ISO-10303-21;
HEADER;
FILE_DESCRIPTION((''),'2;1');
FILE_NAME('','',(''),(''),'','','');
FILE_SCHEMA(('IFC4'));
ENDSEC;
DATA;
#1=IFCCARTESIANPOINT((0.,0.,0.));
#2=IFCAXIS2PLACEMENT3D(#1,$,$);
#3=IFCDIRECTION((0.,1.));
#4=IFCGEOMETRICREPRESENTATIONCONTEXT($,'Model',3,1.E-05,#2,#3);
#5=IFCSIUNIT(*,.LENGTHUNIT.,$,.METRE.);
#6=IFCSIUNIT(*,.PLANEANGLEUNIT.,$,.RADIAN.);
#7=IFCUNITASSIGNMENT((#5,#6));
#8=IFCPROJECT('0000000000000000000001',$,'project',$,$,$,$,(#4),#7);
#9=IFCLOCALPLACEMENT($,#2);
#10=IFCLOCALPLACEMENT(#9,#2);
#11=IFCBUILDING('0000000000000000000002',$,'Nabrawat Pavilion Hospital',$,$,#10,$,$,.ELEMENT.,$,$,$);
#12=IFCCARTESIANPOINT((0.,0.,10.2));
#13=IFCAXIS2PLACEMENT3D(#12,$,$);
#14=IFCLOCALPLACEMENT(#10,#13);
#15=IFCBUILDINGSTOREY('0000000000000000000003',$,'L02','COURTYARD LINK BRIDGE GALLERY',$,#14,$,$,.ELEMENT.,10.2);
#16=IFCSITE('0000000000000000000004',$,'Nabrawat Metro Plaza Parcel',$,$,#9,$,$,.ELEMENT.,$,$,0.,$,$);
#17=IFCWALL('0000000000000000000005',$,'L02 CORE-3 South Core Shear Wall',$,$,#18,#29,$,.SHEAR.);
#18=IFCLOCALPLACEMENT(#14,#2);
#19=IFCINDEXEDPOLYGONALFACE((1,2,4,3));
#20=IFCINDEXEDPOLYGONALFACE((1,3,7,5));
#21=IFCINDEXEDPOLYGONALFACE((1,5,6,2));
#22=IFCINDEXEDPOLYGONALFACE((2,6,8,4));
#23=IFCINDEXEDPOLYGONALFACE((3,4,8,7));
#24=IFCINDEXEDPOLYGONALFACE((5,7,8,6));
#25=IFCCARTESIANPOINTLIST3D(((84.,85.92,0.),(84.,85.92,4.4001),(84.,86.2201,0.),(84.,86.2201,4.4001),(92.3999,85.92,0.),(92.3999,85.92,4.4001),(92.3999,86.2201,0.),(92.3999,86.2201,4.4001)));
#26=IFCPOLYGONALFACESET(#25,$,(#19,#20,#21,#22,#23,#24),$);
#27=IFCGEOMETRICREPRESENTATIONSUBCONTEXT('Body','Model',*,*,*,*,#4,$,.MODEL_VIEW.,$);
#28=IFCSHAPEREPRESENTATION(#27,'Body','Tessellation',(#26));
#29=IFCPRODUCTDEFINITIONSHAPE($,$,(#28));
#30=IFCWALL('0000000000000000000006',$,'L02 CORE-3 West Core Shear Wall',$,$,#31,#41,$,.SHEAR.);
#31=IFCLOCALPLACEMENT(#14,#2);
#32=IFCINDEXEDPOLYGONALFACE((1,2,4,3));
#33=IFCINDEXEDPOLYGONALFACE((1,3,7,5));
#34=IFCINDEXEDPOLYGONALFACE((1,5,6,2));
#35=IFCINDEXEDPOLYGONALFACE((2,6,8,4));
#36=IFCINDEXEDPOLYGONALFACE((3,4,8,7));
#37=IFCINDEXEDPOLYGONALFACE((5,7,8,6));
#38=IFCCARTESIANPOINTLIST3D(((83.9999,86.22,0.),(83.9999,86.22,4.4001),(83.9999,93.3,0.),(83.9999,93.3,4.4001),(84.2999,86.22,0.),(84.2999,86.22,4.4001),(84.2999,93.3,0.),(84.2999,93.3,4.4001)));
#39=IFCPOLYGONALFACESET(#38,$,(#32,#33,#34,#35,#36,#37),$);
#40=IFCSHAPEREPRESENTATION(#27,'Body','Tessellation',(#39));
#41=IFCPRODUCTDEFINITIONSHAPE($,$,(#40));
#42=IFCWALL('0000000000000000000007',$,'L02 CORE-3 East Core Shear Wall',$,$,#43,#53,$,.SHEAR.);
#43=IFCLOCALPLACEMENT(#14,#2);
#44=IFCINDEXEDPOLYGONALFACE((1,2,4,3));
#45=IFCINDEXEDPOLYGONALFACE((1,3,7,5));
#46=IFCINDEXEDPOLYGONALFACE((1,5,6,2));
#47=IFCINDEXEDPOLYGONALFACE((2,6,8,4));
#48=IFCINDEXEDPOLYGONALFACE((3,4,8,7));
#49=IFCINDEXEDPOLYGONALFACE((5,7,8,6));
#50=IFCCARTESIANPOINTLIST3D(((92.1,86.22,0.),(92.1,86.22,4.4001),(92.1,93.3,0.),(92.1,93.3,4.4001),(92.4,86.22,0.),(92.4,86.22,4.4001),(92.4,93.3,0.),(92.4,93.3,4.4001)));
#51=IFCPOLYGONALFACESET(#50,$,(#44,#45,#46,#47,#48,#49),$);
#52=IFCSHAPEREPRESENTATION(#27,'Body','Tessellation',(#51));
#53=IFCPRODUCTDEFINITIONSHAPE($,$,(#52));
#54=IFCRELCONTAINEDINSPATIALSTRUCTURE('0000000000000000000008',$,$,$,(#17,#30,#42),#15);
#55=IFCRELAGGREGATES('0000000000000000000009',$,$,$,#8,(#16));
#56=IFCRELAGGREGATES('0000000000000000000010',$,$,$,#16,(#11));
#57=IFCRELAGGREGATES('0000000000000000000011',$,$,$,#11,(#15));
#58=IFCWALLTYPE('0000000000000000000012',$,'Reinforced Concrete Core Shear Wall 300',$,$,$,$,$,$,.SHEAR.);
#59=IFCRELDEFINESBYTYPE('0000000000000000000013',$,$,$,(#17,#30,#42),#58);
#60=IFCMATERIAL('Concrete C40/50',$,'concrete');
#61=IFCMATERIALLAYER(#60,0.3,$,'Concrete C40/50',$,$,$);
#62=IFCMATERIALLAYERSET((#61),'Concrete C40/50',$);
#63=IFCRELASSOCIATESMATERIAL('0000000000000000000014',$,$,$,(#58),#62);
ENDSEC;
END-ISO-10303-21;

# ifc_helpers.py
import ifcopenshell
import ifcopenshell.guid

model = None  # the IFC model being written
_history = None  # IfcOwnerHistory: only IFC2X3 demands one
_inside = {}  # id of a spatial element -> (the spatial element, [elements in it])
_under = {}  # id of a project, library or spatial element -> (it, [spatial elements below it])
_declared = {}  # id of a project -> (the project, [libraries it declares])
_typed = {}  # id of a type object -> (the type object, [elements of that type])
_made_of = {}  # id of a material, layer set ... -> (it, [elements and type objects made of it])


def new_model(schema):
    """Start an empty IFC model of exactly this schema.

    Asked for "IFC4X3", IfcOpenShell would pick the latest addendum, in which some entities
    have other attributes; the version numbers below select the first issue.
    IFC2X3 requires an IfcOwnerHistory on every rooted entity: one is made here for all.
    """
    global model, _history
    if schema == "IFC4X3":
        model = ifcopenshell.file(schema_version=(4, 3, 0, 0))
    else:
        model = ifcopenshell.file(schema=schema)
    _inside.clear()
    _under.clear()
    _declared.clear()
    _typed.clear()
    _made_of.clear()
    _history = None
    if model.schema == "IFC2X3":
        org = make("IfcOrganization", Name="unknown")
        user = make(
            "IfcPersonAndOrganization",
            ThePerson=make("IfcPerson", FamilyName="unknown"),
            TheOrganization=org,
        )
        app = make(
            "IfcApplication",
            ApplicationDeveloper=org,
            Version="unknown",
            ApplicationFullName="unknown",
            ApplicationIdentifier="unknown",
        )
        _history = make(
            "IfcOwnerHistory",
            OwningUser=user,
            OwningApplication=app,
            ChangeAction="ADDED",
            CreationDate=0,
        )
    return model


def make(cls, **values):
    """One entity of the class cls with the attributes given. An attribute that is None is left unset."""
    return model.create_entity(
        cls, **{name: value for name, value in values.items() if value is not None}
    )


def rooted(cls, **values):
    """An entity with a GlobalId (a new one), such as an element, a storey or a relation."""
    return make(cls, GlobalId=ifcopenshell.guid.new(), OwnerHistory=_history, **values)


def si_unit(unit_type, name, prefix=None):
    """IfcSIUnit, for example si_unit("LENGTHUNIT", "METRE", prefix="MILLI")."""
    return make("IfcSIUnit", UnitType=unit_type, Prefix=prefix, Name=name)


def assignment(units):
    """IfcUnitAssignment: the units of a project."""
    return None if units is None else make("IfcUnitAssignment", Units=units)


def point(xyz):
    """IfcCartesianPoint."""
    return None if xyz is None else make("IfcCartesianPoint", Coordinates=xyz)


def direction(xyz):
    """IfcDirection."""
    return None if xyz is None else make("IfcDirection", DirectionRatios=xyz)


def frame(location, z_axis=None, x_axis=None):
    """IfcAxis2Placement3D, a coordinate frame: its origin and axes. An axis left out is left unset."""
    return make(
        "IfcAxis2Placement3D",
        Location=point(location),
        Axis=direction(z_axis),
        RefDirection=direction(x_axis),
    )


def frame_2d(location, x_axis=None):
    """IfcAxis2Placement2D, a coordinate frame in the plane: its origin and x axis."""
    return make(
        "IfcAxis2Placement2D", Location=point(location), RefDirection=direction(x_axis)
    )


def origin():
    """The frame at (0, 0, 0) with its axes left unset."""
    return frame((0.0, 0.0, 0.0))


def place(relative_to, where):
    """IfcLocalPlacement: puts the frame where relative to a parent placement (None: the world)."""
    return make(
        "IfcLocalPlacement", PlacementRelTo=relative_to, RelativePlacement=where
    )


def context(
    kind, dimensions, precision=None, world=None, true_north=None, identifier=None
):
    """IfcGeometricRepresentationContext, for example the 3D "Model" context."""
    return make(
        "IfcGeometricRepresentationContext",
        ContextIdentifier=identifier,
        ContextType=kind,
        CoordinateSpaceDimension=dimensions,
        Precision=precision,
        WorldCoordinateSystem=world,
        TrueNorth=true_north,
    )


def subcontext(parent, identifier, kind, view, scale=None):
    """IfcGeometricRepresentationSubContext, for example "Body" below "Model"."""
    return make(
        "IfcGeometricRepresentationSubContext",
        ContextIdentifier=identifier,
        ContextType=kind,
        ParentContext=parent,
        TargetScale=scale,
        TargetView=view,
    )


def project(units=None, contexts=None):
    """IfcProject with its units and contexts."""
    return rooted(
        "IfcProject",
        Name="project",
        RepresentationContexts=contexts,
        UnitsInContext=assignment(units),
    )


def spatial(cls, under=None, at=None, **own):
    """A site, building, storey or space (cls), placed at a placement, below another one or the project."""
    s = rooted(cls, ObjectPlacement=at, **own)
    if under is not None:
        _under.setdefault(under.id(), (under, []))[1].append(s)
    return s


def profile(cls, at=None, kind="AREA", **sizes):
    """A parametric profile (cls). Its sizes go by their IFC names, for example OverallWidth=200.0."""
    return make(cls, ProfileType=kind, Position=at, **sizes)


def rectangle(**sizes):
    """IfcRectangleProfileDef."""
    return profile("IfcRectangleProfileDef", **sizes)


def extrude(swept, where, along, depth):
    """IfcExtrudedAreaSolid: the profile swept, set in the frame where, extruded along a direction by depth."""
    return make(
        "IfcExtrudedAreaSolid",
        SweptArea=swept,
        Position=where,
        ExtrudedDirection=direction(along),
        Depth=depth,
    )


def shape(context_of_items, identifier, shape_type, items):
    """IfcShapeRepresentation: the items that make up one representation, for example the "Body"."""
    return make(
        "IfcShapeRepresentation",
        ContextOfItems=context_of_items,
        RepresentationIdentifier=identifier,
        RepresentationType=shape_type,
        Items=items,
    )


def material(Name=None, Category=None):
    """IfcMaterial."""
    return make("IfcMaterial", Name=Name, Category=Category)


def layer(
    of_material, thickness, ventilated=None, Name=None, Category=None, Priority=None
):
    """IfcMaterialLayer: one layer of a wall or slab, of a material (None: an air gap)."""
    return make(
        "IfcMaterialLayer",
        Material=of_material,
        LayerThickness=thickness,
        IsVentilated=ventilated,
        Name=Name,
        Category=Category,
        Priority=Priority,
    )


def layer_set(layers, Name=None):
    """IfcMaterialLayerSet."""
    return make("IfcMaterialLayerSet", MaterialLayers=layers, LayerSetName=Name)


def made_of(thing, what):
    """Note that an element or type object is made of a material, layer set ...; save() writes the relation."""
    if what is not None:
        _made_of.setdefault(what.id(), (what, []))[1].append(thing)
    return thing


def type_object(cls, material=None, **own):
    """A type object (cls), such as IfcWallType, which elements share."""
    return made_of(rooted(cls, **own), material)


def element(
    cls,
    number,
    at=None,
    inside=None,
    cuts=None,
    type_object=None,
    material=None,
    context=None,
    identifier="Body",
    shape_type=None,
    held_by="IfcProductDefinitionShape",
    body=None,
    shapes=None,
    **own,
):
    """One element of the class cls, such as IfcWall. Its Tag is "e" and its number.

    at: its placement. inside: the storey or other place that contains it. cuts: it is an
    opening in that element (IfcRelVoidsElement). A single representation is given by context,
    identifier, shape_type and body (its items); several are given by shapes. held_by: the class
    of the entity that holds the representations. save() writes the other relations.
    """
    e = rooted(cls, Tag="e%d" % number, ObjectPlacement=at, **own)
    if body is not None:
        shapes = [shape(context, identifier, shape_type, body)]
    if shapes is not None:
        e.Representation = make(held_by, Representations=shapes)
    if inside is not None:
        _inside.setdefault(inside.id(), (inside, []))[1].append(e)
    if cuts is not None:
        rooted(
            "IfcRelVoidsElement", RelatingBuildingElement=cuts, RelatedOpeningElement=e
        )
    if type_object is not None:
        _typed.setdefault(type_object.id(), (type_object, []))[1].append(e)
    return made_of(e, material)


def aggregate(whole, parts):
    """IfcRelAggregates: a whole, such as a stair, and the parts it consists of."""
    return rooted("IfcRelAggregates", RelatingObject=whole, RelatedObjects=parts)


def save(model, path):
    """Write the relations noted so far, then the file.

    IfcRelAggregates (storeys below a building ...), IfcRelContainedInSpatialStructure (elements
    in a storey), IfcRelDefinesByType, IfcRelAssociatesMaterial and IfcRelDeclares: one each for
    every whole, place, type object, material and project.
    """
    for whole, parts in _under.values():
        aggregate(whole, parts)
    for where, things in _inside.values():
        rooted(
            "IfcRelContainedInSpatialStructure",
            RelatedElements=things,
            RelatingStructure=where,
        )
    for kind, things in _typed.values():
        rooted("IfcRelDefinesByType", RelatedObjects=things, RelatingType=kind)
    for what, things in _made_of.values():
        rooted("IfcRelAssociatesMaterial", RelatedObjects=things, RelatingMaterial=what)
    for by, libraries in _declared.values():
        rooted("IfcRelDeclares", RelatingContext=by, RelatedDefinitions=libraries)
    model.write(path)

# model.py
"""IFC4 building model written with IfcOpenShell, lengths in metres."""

from ifc_helpers import new_model, si_unit, direction, frame, frame_2d, origin, place, context, subcontext, project, spatial, rectangle, extrude, material, layer, layer_set, type_object, element, save


model = new_model("IFC4")

# Units and contexts
model_context = context("Model", 3, precision=1e-05, world=origin(), true_north=direction((0.0, 1.0)))
body_context = subcontext(model_context, "Body", "Model", "MODEL_VIEW")
ifc_project = project(units=[si_unit("LENGTHUNIT", "METRE"), si_unit("PLANEANGLEUNIT", "RADIAN")], contexts=[model_context])

# Site, building, storey
site_placement = place(None, origin())
site = spatial("IfcSite", under=ifc_project, at=site_placement, Name="Nabrawat Metro Plaza Parcel", CompositionType="ELEMENT", RefElevation=0.0)
building_placement = place(site_placement, origin())
building = spatial("IfcBuilding", under=site, at=building_placement, Name="Nabrawat Pavilion Hospital", CompositionType="ELEMENT")
storey_placement = place(building_placement, frame((0.0, 0.0, 10.2)))
storey = spatial("IfcBuildingStorey", under=building, at=storey_placement, Name="L02", Description="COURTYARD LINK BRIDGE GALLERY", CompositionType="ELEMENT", Elevation=10.2)

# Shared definitions
ifc_material_1 = material(Name="Concrete C40/50", Category="concrete")

# Walls
ifc_layer_1 = layer(ifc_material_1, 0.3, Name="Concrete C40/50")
ifc_layer_set_1 = layer_set([ifc_layer_1], Name="Concrete C40/50")
wall_type_1 = type_object("IfcWallType", Name="Reinforced Concrete Core Shear Wall 300", PredefinedType="SHEAR", material=ifc_layer_set_1)
wall_1_placement = place(storey_placement, frame((84.0, 86.0701, 0.0), z_axis=(0.0, 0.0, 1.0), x_axis=(1.0, 0.0, 0.0)))
element("IfcWall", 1, at=wall_1_placement, inside=storey, type_object=wall_type_1, Name="L02 CORE-3 South Core Shear Wall", PredefinedType="SHEAR", context=body_context, shape_type="SweptSolid", body=[
    extrude(rectangle(XDim=8.3999, YDim=0.3, at=frame_2d((4.2, 0.0))), origin(), (0.0, 0.0, 1.0), 4.4001),
])
for number, where, z_axis, x_axis, name in (
    (2, (84.1499, 86.22, 0.0), (0.0, 0.0, 1.0), (0.0, 1.0, 0.0), "L02 CORE-3 West Core Shear Wall"),
    (3, (92.25, 86.22, 0.0), (0.0, 0.0, 1.0), (0.0, 1.0, 0.0), "L02 CORE-3 East Core Shear Wall"),
):
    element("IfcWall", number, at=place(storey_placement, frame(where, z_axis=z_axis, x_axis=x_axis)), inside=storey, type_object=wall_type_1, Name=name, PredefinedType="SHEAR", context=body_context, shape_type="SweptSolid", body=[
        extrude(rectangle(XDim=7.0801, YDim=0.3, at=frame_2d((3.54, 0.0))), origin(), (0.0, 0.0, 1.0), 4.4001),
    ])

save(model, "model.ifc")
